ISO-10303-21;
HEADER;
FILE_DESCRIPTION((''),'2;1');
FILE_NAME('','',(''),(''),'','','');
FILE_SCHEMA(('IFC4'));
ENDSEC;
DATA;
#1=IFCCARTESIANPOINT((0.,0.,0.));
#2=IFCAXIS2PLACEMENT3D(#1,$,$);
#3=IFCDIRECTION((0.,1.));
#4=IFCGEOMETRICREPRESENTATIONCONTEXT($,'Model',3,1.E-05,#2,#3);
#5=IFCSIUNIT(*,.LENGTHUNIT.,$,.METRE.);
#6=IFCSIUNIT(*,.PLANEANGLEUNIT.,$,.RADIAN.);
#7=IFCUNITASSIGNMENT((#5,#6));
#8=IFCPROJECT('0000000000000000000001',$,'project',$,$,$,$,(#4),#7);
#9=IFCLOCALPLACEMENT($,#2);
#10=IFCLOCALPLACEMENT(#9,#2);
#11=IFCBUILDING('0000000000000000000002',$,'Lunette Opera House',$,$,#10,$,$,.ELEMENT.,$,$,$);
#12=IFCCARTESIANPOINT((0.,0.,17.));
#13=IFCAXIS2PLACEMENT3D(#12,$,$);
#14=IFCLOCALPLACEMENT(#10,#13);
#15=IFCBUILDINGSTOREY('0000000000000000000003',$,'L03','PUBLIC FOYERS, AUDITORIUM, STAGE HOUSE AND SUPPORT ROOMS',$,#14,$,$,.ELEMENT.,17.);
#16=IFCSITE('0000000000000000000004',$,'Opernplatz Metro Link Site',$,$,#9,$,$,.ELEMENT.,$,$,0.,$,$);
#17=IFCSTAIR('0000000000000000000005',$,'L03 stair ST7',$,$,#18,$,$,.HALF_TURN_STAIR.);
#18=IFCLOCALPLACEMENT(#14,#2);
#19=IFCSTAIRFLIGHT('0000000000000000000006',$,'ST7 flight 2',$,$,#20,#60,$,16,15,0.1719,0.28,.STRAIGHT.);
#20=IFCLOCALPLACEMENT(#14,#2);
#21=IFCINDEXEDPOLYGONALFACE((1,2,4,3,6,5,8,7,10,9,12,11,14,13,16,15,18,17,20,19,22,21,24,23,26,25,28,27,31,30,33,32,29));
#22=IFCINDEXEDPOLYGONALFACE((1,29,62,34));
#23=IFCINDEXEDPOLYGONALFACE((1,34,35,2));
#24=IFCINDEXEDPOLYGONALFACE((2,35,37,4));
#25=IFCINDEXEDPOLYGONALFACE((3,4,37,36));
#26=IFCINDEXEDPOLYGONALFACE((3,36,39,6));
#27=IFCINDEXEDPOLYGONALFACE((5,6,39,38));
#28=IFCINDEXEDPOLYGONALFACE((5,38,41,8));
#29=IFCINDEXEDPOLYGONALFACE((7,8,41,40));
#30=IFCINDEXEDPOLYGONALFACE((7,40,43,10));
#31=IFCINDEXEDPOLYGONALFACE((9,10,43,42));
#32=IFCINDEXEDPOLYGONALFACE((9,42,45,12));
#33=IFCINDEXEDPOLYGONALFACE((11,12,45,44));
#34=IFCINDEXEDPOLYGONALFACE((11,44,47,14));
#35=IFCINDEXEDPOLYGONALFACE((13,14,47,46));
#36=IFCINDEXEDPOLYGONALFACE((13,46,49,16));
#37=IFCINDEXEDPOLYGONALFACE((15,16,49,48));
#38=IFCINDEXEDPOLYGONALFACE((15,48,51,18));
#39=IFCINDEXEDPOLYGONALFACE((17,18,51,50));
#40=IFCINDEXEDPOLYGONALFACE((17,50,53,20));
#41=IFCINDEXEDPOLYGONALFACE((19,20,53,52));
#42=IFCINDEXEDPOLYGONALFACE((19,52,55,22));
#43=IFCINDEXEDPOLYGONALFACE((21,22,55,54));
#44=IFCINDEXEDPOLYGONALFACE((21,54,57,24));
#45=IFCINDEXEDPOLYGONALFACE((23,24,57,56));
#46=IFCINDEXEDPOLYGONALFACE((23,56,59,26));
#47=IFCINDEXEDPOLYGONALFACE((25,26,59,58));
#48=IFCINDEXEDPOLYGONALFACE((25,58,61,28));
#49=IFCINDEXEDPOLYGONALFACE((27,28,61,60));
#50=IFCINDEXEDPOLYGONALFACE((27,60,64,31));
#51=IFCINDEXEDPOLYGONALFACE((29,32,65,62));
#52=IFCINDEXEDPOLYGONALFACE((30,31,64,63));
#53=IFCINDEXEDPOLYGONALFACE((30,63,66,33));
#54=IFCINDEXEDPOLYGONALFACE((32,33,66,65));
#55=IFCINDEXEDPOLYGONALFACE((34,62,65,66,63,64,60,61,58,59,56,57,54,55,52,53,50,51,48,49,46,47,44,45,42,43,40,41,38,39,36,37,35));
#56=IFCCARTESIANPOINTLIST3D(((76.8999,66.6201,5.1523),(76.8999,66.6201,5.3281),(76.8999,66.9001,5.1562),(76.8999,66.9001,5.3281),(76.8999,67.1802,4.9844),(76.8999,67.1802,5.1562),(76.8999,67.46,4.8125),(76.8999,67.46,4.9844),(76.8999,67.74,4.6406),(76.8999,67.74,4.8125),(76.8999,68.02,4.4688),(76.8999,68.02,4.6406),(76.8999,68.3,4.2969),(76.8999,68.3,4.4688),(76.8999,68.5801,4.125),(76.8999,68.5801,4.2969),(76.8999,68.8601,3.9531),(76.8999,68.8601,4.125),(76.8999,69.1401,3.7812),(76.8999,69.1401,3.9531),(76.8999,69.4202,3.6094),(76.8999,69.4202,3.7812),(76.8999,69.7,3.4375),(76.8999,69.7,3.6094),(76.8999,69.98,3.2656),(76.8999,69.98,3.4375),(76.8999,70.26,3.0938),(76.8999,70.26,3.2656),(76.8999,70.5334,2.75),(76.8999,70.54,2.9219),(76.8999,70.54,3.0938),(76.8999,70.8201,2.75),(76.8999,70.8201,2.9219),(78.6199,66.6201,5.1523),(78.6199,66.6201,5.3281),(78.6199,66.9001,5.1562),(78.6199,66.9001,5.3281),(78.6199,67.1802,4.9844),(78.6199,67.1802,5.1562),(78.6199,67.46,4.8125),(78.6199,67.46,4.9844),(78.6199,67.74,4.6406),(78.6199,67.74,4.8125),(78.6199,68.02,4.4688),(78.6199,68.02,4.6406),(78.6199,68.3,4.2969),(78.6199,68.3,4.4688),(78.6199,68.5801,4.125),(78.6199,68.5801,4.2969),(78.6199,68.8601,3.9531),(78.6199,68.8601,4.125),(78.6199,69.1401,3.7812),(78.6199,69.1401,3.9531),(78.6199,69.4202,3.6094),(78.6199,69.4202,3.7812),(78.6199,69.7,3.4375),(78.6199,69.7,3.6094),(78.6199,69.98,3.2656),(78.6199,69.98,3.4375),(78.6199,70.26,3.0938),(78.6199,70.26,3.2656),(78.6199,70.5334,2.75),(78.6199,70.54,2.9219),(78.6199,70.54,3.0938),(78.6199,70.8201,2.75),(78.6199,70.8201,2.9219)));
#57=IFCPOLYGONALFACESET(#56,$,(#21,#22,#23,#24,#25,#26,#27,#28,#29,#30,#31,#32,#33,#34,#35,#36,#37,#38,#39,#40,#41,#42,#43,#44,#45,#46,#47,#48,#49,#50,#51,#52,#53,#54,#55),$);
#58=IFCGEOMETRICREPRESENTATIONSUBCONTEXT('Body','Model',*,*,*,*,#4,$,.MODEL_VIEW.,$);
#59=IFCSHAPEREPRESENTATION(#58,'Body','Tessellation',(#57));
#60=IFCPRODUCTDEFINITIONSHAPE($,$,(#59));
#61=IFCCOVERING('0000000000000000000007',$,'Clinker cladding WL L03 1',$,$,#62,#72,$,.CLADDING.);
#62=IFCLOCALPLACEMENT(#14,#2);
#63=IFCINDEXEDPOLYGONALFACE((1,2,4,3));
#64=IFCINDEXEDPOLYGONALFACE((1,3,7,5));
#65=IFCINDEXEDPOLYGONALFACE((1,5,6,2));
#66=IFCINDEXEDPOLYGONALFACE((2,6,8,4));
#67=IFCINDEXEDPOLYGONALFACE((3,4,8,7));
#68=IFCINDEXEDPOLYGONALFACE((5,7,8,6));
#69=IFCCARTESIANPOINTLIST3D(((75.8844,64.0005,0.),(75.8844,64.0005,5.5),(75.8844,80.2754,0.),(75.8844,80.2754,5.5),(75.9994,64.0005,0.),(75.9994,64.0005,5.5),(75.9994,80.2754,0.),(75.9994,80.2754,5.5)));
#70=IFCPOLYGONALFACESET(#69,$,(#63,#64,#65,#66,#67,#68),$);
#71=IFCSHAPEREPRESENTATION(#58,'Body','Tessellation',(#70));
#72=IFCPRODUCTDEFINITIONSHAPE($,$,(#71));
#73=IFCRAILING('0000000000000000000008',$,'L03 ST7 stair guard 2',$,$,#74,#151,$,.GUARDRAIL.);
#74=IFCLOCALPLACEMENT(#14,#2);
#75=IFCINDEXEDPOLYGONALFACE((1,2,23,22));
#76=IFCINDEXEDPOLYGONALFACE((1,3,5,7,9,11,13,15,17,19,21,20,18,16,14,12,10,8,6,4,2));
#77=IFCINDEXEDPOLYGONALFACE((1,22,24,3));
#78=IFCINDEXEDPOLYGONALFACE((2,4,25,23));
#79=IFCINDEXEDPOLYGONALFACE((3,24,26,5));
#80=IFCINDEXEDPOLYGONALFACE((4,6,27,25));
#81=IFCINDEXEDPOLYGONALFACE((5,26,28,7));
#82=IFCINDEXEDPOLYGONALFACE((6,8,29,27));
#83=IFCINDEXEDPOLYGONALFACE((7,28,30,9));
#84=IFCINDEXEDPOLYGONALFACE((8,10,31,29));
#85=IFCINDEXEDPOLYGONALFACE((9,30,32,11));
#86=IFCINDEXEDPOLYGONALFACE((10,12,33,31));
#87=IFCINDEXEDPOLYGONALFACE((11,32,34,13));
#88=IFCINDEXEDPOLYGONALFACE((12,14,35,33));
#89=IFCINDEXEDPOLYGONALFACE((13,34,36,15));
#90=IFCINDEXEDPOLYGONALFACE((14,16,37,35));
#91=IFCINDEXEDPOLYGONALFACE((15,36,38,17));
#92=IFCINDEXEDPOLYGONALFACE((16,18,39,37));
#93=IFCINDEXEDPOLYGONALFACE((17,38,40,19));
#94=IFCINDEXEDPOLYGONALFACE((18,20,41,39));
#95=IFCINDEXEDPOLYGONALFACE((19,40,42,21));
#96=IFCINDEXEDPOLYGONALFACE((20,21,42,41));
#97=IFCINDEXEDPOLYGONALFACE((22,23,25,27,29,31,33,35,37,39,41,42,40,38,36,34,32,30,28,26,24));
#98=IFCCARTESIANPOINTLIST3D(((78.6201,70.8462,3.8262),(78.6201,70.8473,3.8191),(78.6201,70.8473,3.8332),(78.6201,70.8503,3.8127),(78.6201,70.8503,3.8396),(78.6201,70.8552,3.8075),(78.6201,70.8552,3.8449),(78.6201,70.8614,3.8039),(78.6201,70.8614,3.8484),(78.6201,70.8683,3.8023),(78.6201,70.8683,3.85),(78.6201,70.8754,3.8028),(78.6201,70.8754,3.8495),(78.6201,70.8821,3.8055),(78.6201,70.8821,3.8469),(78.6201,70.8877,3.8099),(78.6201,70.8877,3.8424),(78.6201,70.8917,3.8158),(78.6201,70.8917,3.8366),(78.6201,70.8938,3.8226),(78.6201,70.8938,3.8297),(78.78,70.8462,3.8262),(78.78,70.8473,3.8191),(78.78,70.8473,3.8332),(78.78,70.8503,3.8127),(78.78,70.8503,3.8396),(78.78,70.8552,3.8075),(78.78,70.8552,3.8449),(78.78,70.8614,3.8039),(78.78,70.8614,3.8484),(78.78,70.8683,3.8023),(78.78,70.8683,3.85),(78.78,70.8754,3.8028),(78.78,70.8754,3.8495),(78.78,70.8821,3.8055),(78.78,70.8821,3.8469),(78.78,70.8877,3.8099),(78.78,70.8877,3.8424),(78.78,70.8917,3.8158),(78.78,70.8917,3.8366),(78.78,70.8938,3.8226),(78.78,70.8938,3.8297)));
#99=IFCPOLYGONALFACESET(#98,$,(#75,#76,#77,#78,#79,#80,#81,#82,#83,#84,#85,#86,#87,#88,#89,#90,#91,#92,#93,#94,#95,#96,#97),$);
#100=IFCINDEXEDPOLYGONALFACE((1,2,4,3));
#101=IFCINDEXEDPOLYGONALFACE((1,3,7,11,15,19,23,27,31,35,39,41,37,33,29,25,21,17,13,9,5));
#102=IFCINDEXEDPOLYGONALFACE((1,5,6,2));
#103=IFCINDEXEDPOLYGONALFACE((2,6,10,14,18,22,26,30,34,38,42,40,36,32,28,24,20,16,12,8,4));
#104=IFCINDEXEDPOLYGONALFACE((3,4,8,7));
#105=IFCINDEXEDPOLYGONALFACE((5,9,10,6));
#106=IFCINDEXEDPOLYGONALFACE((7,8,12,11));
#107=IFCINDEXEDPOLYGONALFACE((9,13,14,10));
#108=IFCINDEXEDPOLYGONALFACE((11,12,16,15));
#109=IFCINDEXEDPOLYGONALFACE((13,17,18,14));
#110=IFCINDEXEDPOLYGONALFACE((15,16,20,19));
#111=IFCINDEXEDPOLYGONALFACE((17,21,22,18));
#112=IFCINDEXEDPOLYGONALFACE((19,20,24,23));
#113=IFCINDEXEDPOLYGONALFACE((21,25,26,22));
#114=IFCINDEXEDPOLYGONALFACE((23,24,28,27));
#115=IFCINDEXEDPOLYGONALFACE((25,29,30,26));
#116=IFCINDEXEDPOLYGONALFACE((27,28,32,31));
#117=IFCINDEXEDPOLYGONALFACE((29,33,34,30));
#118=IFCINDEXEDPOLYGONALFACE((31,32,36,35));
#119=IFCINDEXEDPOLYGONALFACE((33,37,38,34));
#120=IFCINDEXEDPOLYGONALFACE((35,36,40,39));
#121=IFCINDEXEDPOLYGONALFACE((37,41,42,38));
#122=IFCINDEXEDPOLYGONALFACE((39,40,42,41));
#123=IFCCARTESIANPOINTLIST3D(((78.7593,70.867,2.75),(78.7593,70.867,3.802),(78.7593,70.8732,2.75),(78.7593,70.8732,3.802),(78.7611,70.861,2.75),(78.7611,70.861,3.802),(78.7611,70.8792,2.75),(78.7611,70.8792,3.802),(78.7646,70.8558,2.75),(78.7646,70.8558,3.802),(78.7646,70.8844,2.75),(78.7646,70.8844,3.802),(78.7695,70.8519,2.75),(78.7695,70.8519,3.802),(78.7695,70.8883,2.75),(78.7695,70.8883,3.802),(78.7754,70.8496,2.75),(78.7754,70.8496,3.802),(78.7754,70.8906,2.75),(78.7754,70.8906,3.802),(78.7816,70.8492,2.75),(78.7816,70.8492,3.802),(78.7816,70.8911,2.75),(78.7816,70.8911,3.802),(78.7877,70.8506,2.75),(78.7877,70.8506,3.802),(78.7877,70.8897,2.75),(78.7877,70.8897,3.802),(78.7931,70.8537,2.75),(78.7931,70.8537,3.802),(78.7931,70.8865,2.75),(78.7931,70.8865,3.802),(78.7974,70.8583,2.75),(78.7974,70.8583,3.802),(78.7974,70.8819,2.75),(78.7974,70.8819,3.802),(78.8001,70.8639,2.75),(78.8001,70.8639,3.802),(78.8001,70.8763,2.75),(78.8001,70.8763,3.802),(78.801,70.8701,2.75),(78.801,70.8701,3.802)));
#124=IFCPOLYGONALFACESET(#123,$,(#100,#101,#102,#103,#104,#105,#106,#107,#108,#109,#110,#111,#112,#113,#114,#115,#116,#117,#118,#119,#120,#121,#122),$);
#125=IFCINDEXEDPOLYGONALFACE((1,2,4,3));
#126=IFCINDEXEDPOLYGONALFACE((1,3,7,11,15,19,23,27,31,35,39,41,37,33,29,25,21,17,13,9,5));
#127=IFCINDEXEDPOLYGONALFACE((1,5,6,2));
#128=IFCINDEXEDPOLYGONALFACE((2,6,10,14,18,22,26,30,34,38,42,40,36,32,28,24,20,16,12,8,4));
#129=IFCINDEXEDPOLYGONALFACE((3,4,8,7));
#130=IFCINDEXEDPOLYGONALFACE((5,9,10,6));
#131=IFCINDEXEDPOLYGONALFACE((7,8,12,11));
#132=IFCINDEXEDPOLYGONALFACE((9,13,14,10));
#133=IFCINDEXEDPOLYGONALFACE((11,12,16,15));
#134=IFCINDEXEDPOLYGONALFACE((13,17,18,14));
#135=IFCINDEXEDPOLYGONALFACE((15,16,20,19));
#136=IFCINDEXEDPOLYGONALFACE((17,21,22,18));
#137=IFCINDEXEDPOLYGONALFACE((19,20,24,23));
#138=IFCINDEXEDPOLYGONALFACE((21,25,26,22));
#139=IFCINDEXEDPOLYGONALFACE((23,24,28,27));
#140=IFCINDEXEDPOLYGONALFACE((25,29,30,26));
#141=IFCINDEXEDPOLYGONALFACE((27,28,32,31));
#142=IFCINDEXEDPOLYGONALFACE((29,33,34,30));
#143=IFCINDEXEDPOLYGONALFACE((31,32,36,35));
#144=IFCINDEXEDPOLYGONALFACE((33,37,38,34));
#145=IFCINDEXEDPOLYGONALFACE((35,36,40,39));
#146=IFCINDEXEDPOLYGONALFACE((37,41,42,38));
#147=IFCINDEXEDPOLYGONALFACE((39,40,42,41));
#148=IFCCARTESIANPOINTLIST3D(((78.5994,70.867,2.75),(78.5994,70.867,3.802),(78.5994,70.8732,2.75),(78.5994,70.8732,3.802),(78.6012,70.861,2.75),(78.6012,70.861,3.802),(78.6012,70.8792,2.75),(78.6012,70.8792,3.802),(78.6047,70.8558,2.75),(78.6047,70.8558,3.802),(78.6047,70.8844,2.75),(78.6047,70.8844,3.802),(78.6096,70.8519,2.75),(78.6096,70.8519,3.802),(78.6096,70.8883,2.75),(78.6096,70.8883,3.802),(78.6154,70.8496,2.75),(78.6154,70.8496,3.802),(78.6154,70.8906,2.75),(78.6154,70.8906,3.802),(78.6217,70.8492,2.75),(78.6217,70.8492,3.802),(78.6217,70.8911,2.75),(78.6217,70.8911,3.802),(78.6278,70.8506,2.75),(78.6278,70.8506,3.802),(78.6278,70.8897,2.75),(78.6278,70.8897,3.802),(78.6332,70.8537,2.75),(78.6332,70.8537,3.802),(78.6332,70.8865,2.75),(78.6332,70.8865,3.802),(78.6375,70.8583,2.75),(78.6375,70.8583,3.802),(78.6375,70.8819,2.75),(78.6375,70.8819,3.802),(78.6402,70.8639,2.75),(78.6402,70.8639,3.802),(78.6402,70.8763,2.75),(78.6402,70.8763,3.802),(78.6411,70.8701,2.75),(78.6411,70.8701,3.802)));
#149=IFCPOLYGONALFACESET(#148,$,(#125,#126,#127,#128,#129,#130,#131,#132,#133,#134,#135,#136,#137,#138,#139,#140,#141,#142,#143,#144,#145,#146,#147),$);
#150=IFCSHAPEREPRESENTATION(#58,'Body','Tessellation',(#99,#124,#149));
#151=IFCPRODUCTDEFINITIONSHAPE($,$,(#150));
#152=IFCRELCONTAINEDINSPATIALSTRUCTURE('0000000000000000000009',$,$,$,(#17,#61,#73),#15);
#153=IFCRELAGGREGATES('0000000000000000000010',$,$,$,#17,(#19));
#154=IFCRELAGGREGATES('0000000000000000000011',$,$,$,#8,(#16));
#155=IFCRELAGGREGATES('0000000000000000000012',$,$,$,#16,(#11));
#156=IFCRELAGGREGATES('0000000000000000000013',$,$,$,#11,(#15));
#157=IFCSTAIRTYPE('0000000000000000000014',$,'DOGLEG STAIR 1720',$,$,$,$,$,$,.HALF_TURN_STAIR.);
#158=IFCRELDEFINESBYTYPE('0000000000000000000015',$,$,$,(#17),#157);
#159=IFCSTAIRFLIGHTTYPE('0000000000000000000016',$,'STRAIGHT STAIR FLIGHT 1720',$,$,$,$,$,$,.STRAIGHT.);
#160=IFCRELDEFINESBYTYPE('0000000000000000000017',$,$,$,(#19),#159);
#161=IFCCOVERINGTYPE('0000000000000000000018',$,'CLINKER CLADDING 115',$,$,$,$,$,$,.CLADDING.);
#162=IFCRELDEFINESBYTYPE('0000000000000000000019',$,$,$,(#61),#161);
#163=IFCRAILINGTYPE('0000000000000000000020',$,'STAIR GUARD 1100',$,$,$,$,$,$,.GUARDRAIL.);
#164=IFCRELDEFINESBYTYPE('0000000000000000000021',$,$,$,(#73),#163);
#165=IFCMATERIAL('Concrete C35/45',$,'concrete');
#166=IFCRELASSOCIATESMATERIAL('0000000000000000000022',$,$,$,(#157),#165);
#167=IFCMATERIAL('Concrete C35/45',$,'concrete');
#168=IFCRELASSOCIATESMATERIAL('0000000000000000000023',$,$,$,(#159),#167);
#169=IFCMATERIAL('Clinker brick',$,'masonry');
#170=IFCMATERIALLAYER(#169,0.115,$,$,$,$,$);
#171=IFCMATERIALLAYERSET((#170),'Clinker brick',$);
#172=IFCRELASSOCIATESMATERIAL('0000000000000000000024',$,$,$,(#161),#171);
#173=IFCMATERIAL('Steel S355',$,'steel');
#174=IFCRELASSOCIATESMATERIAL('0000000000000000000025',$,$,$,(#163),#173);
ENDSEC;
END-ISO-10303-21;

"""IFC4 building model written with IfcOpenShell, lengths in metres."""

from ifc_helpers import new_model, si_unit, direction, frame, origin, origin_2d, place, context, subcontext, project, spatial, polyline, rectangle, circle, outline, extrude, material, layer, layer_set, type_object, element, aggregate, save


model = new_model("IFC4")

# Units and contexts
model_context = context("Model", 3, precision=1e-05, world=origin(), true_north=direction((0.0, 1.0)))
body_context = subcontext(model_context, "Body", "Model", "MODEL_VIEW")
ifc_project = project(units=[si_unit("LENGTHUNIT", "METRE"), si_unit("PLANEANGLEUNIT", "RADIAN")], contexts=[model_context])

# Site, building, storey
site_placement = place(None, origin())
site = spatial("IfcSite", under=ifc_project, at=site_placement, Name="Opernplatz Metro Link Site", CompositionType="ELEMENT", RefElevation=0.0)
building_placement = place(site_placement, origin())
building = spatial("IfcBuilding", under=site, at=building_placement, Name="Lunette Opera House", CompositionType="ELEMENT")
storey_placement = place(building_placement, frame((0.0, 0.0, 17.0)))
storey = spatial("IfcBuildingStorey", under=building, at=storey_placement, Name="L03", Description="PUBLIC FOYERS, AUDITORIUM, STAGE HOUSE AND SUPPORT ROOMS", CompositionType="ELEMENT", Elevation=17.0)

# Stair, stair flight
ifc_material_1 = material(Name="Concrete C35/45", Category="concrete")
stair_type = type_object("IfcStairType", Name="DOGLEG STAIR 1720", PredefinedType="HALF_TURN_STAIR", material=ifc_material_1)
stair_placement = place(storey_placement, origin())
stair = element("IfcStair", 1, at=stair_placement, inside=storey, type_object=stair_type, Name="L03 stair ST7", PredefinedType="HALF_TURN_STAIR")
ifc_material_2 = material(Name="Concrete C35/45", Category="concrete")
stair_flight_type = type_object("IfcStairFlightType", Name="STRAIGHT STAIR FLIGHT 1720", PredefinedType="STRAIGHT", material=ifc_material_2)
stair_flight_1_placement = place(storey_placement, frame((77.76, 70.8201, 2.75), z_axis=(0.0, 0.0, 1.0), x_axis=(0.0, -1.0, 0.0)))
stair_flight_1 = element("IfcStairFlight", 2, at=stair_flight_1_placement, type_object=stair_flight_type, Name="ST7 flight 2", NumberOfRisers=16, NumberOfTreads=15, PredefinedType="STRAIGHT", RiserHeight=0.1719, TreadLength=0.28, context=body_context, shape_type="SweptSolid", body=[
    extrude(outline(polyline([(0.0, 0.0), (0.0, 0.1719), (0.28, 0.1719), (0.28, 0.3438), (0.5601, 0.3438), (0.5601, 0.5156), (0.8401, 0.5156), (0.8401, 0.6875), (1.1201, 0.6875), (1.1201, 0.8594), (1.3999, 0.8594), (1.3999, 1.0312), (1.6799, 1.0312), (1.6799, 1.2031), (1.96, 1.2031), (1.96, 1.375), (2.24, 1.375), (2.24, 1.5469), (2.52, 1.5469), (2.52, 1.7188), (2.8, 1.7188), (2.8, 1.8906), (3.0801, 1.8906), (3.0801, 2.0625), (3.3601, 2.0625), (3.3601, 2.2344), (3.6399, 2.2344), (3.6399, 2.4062), (3.9199, 2.4062), (3.9199, 2.5781), (4.2, 2.5781), (4.2, 2.75), (4.2, 2.4023), (0.2866, 0.0), (0.0, 0.0)])), frame((0.0, 0.8599, 0.0), z_axis=(0.0, -1.0, 0.0), x_axis=(1.0, 0.0, 0.0)), (0.0, 0.0, 1.0), 1.72),
])
aggregate(stair, [stair_flight_1])

# Covering
ifc_material_3 = material(Name="Clinker brick", Category="masonry")
ifc_layer_1 = layer(ifc_material_3, 0.115)
ifc_layer_set_1 = layer_set([ifc_layer_1], Name="Clinker brick")
covering_type = type_object("IfcCoveringType", Name="CLINKER CLADDING 115", PredefinedType="CLADDING", material=ifc_layer_set_1)
covering_placement = place(storey_placement, frame((75.9419, 72.1379, 0.0), z_axis=(0.0, 0.0, 1.0), x_axis=(1.0, 0.0, 0.0)))
element("IfcCovering", 3, at=covering_placement, inside=storey, type_object=covering_type, Name="Clinker cladding WL L03 1", PredefinedType="CLADDING", context=body_context, shape_type="SweptSolid", body=[
    extrude(rectangle(XDim=0.115, YDim=16.2749, at=origin_2d()), origin(), (0.0, 0.0, 1.0), 5.5),
])

# Railing
ifc_material_4 = material(Name="Steel S355", Category="steel")
railing_type_1 = type_object("IfcRailingType", Name="STAIR GUARD 1100", PredefinedType="GUARDRAIL", material=ifc_material_4)
railing_1_placement = place(storey_placement, frame((78.78, 70.8701, 2.75)))
element("IfcRailing", 4, at=railing_1_placement, inside=storey, type_object=railing_type_1, Name="L03 ST7 stair guard 2", PredefinedType="GUARDRAIL", context=body_context, shape_type="SweptSolid", body=[
    extrude(circle(Radius=0.0239, at=origin_2d()), frame((0.0, 0.0, 1.0762), z_axis=(-1.0, 0.0, 0.0), x_axis=(0.0, -1.0, 0.0)), (0.0, 0.0, 1.0), 0.1599),
    extrude(circle(Radius=0.021, at=origin_2d()), origin(), (0.0, 0.0, 1.0), 1.052),
    extrude(circle(Radius=0.021, at=origin_2d()), frame((-0.1599, 0.0, 0.0)), (0.0, 0.0, 1.0), 1.052),
])

save(model, "model.ifc")
